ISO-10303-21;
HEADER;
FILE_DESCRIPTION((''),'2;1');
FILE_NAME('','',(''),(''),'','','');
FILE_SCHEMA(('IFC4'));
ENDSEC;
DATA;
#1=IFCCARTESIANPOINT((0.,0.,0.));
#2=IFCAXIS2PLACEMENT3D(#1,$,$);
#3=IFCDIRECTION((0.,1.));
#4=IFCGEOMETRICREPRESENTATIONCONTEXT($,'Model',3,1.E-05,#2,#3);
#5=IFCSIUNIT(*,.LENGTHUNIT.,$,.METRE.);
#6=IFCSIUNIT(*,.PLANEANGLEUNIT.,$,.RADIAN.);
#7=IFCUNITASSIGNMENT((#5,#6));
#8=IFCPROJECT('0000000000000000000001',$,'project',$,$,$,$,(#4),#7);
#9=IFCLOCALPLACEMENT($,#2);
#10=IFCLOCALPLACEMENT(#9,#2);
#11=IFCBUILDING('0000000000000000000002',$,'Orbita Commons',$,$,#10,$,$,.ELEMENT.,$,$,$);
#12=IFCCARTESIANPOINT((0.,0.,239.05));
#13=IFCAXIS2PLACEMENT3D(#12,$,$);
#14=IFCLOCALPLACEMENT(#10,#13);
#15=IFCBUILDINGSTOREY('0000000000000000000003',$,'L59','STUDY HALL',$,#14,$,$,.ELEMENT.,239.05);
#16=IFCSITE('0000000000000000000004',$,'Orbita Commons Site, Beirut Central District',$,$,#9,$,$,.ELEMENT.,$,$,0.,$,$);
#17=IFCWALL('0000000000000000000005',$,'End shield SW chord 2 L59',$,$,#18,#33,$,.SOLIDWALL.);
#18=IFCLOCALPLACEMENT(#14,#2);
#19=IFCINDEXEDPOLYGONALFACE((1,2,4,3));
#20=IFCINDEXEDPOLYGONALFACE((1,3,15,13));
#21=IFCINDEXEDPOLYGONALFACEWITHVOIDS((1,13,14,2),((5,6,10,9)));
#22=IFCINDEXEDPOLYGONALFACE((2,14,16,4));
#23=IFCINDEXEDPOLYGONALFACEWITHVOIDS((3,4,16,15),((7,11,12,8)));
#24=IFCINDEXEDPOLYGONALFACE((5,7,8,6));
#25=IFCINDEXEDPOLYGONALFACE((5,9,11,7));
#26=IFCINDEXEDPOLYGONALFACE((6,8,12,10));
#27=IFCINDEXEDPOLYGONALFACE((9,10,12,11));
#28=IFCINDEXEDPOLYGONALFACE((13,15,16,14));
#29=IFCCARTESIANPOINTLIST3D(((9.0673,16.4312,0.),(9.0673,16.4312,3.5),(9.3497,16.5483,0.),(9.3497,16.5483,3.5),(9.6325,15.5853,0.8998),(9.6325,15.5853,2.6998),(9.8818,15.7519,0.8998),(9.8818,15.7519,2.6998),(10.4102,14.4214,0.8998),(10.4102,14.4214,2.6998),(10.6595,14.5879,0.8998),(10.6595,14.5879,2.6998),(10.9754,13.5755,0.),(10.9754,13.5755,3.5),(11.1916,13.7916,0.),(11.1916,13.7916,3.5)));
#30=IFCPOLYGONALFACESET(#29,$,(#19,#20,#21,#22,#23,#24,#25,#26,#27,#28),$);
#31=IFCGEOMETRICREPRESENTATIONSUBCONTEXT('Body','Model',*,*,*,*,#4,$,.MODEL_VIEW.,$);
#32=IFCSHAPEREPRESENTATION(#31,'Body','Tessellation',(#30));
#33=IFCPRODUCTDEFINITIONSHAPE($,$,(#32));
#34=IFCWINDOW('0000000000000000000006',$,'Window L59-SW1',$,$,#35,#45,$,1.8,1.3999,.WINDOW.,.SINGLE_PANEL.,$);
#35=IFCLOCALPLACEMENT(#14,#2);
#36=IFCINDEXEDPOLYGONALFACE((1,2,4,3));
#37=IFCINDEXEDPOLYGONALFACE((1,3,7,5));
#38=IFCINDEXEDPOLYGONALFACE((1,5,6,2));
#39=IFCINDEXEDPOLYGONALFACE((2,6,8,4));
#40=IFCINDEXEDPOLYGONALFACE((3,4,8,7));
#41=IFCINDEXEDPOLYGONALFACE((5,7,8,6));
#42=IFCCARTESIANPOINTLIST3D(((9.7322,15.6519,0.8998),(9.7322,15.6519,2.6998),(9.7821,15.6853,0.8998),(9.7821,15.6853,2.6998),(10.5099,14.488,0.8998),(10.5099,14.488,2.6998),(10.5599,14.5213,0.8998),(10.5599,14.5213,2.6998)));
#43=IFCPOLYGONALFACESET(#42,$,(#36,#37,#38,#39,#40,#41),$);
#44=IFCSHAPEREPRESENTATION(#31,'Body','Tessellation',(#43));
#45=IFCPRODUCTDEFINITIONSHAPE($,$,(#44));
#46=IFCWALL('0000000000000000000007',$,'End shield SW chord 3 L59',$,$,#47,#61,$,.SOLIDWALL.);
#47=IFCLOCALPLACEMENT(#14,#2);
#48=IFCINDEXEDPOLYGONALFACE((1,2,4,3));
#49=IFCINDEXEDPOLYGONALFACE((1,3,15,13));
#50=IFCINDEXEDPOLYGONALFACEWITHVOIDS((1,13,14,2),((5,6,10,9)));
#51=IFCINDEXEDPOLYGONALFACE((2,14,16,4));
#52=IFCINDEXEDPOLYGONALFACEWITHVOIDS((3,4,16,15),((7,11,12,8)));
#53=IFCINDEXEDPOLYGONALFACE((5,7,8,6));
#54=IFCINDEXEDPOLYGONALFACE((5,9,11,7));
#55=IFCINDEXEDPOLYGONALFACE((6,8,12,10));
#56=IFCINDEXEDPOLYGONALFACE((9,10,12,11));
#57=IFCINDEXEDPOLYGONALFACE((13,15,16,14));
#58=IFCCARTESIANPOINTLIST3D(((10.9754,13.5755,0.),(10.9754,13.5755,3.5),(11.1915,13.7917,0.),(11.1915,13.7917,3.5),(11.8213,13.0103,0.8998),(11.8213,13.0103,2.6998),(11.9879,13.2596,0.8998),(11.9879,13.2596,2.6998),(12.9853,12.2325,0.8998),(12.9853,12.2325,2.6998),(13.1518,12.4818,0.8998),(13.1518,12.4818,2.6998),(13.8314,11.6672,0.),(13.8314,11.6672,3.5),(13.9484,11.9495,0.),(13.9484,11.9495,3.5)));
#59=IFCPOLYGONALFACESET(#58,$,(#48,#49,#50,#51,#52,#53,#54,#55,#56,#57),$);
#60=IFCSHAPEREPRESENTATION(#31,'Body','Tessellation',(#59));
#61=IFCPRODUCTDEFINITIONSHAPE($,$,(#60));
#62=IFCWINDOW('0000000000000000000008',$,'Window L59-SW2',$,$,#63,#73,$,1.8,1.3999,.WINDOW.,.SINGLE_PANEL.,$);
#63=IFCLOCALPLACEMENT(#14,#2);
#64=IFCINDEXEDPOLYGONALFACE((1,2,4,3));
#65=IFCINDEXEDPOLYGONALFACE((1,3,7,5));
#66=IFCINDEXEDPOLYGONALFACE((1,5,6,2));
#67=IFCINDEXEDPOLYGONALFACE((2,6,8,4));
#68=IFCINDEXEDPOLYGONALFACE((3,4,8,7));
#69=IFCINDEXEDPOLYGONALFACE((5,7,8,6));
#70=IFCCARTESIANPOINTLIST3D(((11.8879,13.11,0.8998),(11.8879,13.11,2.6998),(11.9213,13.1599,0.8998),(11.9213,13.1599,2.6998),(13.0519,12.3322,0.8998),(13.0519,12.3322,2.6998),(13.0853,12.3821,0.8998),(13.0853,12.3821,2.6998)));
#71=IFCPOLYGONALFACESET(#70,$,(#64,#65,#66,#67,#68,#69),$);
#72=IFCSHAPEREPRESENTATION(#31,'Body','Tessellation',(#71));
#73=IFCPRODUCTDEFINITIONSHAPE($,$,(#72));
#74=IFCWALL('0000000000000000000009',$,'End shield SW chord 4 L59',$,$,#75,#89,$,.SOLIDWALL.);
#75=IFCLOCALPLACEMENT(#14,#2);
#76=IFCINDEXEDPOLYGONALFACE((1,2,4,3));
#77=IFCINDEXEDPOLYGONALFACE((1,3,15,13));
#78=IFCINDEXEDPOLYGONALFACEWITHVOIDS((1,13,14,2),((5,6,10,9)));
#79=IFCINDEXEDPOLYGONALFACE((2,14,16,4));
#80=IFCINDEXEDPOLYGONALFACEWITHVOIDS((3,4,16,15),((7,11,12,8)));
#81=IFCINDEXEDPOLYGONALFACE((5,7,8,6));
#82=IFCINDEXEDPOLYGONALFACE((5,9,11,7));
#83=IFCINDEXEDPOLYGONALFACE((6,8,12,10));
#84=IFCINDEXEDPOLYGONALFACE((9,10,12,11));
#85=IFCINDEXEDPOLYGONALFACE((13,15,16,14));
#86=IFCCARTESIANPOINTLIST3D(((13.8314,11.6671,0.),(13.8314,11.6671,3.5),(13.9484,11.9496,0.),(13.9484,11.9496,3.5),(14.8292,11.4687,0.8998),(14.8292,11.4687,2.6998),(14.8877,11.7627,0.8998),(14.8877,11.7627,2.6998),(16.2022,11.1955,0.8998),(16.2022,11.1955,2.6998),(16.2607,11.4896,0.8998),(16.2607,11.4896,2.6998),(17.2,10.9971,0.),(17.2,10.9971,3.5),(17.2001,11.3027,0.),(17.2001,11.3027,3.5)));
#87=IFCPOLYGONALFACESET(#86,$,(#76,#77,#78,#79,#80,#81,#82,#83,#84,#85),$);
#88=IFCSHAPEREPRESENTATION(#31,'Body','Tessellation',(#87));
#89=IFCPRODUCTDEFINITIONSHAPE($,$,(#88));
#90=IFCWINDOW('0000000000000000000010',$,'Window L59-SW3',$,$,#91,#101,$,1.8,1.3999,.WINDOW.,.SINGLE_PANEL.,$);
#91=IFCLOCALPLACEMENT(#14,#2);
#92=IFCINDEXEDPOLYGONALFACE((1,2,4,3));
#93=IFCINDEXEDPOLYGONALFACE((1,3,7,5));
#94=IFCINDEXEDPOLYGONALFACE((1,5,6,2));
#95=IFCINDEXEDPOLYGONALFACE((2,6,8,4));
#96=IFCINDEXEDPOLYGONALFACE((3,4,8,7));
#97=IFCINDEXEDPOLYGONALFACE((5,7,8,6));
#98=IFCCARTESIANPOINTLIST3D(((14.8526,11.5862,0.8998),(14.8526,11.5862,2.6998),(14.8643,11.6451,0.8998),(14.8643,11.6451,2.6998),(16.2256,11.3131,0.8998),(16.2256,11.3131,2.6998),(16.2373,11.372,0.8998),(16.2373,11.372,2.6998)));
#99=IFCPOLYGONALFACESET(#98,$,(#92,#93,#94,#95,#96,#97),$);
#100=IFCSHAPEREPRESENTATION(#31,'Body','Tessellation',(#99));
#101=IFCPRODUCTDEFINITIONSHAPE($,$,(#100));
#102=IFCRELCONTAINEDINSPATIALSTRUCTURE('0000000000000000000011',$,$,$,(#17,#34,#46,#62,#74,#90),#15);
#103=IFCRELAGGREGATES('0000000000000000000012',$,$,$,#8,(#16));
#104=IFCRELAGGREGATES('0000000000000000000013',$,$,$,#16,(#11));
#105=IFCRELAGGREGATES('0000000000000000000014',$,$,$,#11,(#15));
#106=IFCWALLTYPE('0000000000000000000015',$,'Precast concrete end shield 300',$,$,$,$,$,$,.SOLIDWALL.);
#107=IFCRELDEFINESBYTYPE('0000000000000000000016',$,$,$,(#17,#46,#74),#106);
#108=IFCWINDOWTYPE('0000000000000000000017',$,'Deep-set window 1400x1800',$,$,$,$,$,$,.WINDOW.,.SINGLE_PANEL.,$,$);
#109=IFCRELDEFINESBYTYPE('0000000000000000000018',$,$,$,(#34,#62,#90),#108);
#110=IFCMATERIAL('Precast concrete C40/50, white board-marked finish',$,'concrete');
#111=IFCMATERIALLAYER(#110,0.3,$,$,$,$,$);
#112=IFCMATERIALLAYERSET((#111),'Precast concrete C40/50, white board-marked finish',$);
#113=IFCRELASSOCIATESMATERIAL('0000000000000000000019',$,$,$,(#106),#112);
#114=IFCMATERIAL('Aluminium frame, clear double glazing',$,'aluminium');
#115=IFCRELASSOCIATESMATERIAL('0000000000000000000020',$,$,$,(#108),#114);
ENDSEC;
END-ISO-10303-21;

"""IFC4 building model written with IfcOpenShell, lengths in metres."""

from ifc_helpers import new_model, si_unit, direction, frame, frame_2d, origin, place, context, subcontext, project, spatial, polyline, rectangle, outline, extrude, material, layer, layer_set, type_object, element, fill, save


model = new_model("IFC4")

# Units and contexts
model_context = context("Model", 3, precision=1e-05, world=origin(), true_north=direction((0.0, 1.0)))
body_context = subcontext(model_context, "Body", "Model", "MODEL_VIEW")
ifc_project = project(units=[si_unit("LENGTHUNIT", "METRE"), si_unit("PLANEANGLEUNIT", "RADIAN")], contexts=[model_context])

# Site, building, storey
site_placement = place(None, origin())
site = spatial("IfcSite", under=ifc_project, at=site_placement, Name="Orbita Commons Site, Beirut Central District", CompositionType="ELEMENT", RefElevation=0.0)
building_placement = place(site_placement, origin())
building = spatial("IfcBuilding", under=site, at=building_placement, Name="Orbita Commons", CompositionType="ELEMENT")
storey_placement = place(building_placement, frame((0.0, 0.0, 239.05)))
storey = spatial("IfcBuildingStorey", under=building, at=storey_placement, Name="L59", Description="STUDY HALL", CompositionType="ELEMENT", Elevation=239.05)

# Walls, openings, windows
ifc_material_1 = material(Name="Precast concrete C40/50, white board-marked finish", Category="concrete")
ifc_layer_1 = layer(ifc_material_1, 0.3)
ifc_layer_set_1 = layer_set([ifc_layer_1], Name="Precast concrete C40/50, white board-marked finish")
wall_type_1 = type_object("IfcWallType", Name="Precast concrete end shield 300", PredefinedType="SOLIDWALL", material=ifc_layer_set_1)
ifc_material_2 = material(Name="Aluminium frame, clear double glazing", Category="aluminium")
window_type = type_object("IfcWindowType", Name="Deep-set window 1400x1800", PartitioningType="SINGLE_PANEL", PredefinedType="WINDOW", material=ifc_material_2)
wall_1_placement = place(storey_placement, frame((9.2085, 16.4897, 0.0), z_axis=(0.0, 0.0, 1.0), x_axis=(0.555568, -0.831471, 0.0)))
wall_1 = element("IfcWall", 1, at=wall_1_placement, inside=storey, type_object=wall_type_1, Name="End shield SW chord 2 L59", PredefinedType="SOLIDWALL", context=body_context, shape_type="SweptSolid", body=[
    extrude(outline(polyline([(-0.0298, -0.1499), (3.4048, -0.1499), (3.3452, 0.1499), (0.0298, 0.1499), (-0.0298, -0.1499)])), origin(), (0.0, 0.0, 1.0), 3.5),
])
opening_1_placement = place(wall_1_placement, frame((0.9875, 0.0, 0.8999)))
opening_1 = element("IfcOpeningElement", 2, at=opening_1_placement, cuts=wall_1, PredefinedType="OPENING", context=body_context, shape_type="SweptSolid", body=[
    extrude(rectangle(XDim=1.3999, YDim=1.8, at=frame_2d((0.7, 0.8999))), frame((0.0, 0.1599, 0.0), z_axis=(0.0, -1.0, 0.0), x_axis=(1.0, 0.0, 0.0)), (0.0, 0.0, 1.0), 0.3201),
])
window_1_placement = place(opening_1_placement, origin())
window_1 = element("IfcWindow", 3, at=window_1_placement, inside=storey, type_object=window_type, Name="Window L59-SW1", OverallHeight=1.8, OverallWidth=1.3999, PartitioningType="SINGLE_PANEL", PredefinedType="WINDOW", context=body_context, shape_type="SweptSolid", body=[
    extrude(rectangle(XDim=1.3999, YDim=1.8, at=frame_2d((0.7, 0.8999))), frame((0.0, 0.03, 0.0), z_axis=(0.0, -1.0, 0.0), x_axis=(1.0, 0.0, 0.0)), (0.0, 0.0, 1.0), 0.0601),
])
fill(opening_1, window_1)
wall_2_placement = place(storey_placement, frame((11.0835, 13.6836, 0.0), z_axis=(0.0, 0.0, 1.0), x_axis=(0.83146, -0.555585, 0.0)))
wall_2 = element("IfcWall", 4, at=wall_2_placement, inside=storey, type_object=wall_type_1, Name="End shield SW chord 3 L59", PredefinedType="SOLIDWALL", context=body_context, shape_type="SweptSolid", body=[
    extrude(outline(polyline([(-0.0298, -0.1499), (3.405, -0.1499), (3.3455, 0.1499), (0.0298, 0.1499), (-0.0298, -0.1499)])), origin(), (0.0, 0.0, 1.0), 3.5),
])
opening_2_placement = place(wall_2_placement, frame((0.9875, 0.0, 0.8999)))
opening_2 = element("IfcOpeningElement", 5, at=opening_2_placement, cuts=wall_2, PredefinedType="OPENING", context=body_context, shape_type="SweptSolid", body=[
    extrude(rectangle(XDim=1.3999, YDim=1.8, at=frame_2d((0.7, 0.8999))), frame((0.0, 0.1599, 0.0), z_axis=(0.0, -1.0, 0.0), x_axis=(1.0, 0.0, 0.0)), (0.0, 0.0, 1.0), 0.3201),
])
window_2_placement = place(opening_2_placement, origin())
window_2 = element("IfcWindow", 6, at=window_2_placement, inside=storey, type_object=window_type, Name="Window L59-SW2", OverallHeight=1.8, OverallWidth=1.3999, PartitioningType="SINGLE_PANEL", PredefinedType="WINDOW", context=body_context, shape_type="SweptSolid", body=[
    extrude(rectangle(XDim=1.3999, YDim=1.8, at=frame_2d((0.7, 0.8999))), frame((0.0, 0.03, 0.0), z_axis=(0.0, -1.0, 0.0), x_axis=(1.0, 0.0, 0.0)), (0.0, 0.0, 1.0), 0.0601),
])
fill(opening_2, window_2)
wall_3_placement = place(storey_placement, frame((13.8899, 11.8083, 0.0), z_axis=(0.0, 0.0, 1.0), x_axis=(0.980783, -0.1951, 0.0)))
wall_3 = element("IfcWall", 7, at=wall_3_placement, inside=storey, type_object=wall_type_1, Name="End shield SW chord 4 L59", PredefinedType="SOLIDWALL", context=body_context, shape_type="SweptSolid", body=[
    extrude(outline(polyline([(-0.0298, -0.1499), (3.4048, -0.1499), (3.3452, 0.1499), (0.0298, 0.1499), (-0.0298, -0.1499)])), origin(), (0.0, 0.0, 1.0), 3.5),
])
opening_3_placement = place(wall_3_placement, frame((0.9875, 0.0, 0.8999)))
opening_3 = element("IfcOpeningElement", 8, at=opening_3_placement, cuts=wall_3, PredefinedType="OPENING", context=body_context, shape_type="SweptSolid", body=[
    extrude(rectangle(XDim=1.3999, YDim=1.8, at=frame_2d((0.7, 0.8999))), frame((0.0, 0.1599, 0.0), z_axis=(0.0, -1.0, 0.0), x_axis=(1.0, 0.0, 0.0)), (0.0, 0.0, 1.0), 0.3201),
])
window_3_placement = place(opening_3_placement, origin())
window_3 = element("IfcWindow", 9, at=window_3_placement, inside=storey, type_object=window_type, Name="Window L59-SW3", OverallHeight=1.8, OverallWidth=1.3999, PartitioningType="SINGLE_PANEL", PredefinedType="WINDOW", context=body_context, shape_type="SweptSolid", body=[
    extrude(rectangle(XDim=1.3999, YDim=1.8, at=frame_2d((0.7, 0.8999))), frame((0.0, 0.03, 0.0), z_axis=(0.0, -1.0, 0.0), x_axis=(1.0, 0.0, 0.0)), (0.0, 0.0, 1.0), 0.0601),
])
fill(opening_3, window_3)

save(model, "model.ifc")
